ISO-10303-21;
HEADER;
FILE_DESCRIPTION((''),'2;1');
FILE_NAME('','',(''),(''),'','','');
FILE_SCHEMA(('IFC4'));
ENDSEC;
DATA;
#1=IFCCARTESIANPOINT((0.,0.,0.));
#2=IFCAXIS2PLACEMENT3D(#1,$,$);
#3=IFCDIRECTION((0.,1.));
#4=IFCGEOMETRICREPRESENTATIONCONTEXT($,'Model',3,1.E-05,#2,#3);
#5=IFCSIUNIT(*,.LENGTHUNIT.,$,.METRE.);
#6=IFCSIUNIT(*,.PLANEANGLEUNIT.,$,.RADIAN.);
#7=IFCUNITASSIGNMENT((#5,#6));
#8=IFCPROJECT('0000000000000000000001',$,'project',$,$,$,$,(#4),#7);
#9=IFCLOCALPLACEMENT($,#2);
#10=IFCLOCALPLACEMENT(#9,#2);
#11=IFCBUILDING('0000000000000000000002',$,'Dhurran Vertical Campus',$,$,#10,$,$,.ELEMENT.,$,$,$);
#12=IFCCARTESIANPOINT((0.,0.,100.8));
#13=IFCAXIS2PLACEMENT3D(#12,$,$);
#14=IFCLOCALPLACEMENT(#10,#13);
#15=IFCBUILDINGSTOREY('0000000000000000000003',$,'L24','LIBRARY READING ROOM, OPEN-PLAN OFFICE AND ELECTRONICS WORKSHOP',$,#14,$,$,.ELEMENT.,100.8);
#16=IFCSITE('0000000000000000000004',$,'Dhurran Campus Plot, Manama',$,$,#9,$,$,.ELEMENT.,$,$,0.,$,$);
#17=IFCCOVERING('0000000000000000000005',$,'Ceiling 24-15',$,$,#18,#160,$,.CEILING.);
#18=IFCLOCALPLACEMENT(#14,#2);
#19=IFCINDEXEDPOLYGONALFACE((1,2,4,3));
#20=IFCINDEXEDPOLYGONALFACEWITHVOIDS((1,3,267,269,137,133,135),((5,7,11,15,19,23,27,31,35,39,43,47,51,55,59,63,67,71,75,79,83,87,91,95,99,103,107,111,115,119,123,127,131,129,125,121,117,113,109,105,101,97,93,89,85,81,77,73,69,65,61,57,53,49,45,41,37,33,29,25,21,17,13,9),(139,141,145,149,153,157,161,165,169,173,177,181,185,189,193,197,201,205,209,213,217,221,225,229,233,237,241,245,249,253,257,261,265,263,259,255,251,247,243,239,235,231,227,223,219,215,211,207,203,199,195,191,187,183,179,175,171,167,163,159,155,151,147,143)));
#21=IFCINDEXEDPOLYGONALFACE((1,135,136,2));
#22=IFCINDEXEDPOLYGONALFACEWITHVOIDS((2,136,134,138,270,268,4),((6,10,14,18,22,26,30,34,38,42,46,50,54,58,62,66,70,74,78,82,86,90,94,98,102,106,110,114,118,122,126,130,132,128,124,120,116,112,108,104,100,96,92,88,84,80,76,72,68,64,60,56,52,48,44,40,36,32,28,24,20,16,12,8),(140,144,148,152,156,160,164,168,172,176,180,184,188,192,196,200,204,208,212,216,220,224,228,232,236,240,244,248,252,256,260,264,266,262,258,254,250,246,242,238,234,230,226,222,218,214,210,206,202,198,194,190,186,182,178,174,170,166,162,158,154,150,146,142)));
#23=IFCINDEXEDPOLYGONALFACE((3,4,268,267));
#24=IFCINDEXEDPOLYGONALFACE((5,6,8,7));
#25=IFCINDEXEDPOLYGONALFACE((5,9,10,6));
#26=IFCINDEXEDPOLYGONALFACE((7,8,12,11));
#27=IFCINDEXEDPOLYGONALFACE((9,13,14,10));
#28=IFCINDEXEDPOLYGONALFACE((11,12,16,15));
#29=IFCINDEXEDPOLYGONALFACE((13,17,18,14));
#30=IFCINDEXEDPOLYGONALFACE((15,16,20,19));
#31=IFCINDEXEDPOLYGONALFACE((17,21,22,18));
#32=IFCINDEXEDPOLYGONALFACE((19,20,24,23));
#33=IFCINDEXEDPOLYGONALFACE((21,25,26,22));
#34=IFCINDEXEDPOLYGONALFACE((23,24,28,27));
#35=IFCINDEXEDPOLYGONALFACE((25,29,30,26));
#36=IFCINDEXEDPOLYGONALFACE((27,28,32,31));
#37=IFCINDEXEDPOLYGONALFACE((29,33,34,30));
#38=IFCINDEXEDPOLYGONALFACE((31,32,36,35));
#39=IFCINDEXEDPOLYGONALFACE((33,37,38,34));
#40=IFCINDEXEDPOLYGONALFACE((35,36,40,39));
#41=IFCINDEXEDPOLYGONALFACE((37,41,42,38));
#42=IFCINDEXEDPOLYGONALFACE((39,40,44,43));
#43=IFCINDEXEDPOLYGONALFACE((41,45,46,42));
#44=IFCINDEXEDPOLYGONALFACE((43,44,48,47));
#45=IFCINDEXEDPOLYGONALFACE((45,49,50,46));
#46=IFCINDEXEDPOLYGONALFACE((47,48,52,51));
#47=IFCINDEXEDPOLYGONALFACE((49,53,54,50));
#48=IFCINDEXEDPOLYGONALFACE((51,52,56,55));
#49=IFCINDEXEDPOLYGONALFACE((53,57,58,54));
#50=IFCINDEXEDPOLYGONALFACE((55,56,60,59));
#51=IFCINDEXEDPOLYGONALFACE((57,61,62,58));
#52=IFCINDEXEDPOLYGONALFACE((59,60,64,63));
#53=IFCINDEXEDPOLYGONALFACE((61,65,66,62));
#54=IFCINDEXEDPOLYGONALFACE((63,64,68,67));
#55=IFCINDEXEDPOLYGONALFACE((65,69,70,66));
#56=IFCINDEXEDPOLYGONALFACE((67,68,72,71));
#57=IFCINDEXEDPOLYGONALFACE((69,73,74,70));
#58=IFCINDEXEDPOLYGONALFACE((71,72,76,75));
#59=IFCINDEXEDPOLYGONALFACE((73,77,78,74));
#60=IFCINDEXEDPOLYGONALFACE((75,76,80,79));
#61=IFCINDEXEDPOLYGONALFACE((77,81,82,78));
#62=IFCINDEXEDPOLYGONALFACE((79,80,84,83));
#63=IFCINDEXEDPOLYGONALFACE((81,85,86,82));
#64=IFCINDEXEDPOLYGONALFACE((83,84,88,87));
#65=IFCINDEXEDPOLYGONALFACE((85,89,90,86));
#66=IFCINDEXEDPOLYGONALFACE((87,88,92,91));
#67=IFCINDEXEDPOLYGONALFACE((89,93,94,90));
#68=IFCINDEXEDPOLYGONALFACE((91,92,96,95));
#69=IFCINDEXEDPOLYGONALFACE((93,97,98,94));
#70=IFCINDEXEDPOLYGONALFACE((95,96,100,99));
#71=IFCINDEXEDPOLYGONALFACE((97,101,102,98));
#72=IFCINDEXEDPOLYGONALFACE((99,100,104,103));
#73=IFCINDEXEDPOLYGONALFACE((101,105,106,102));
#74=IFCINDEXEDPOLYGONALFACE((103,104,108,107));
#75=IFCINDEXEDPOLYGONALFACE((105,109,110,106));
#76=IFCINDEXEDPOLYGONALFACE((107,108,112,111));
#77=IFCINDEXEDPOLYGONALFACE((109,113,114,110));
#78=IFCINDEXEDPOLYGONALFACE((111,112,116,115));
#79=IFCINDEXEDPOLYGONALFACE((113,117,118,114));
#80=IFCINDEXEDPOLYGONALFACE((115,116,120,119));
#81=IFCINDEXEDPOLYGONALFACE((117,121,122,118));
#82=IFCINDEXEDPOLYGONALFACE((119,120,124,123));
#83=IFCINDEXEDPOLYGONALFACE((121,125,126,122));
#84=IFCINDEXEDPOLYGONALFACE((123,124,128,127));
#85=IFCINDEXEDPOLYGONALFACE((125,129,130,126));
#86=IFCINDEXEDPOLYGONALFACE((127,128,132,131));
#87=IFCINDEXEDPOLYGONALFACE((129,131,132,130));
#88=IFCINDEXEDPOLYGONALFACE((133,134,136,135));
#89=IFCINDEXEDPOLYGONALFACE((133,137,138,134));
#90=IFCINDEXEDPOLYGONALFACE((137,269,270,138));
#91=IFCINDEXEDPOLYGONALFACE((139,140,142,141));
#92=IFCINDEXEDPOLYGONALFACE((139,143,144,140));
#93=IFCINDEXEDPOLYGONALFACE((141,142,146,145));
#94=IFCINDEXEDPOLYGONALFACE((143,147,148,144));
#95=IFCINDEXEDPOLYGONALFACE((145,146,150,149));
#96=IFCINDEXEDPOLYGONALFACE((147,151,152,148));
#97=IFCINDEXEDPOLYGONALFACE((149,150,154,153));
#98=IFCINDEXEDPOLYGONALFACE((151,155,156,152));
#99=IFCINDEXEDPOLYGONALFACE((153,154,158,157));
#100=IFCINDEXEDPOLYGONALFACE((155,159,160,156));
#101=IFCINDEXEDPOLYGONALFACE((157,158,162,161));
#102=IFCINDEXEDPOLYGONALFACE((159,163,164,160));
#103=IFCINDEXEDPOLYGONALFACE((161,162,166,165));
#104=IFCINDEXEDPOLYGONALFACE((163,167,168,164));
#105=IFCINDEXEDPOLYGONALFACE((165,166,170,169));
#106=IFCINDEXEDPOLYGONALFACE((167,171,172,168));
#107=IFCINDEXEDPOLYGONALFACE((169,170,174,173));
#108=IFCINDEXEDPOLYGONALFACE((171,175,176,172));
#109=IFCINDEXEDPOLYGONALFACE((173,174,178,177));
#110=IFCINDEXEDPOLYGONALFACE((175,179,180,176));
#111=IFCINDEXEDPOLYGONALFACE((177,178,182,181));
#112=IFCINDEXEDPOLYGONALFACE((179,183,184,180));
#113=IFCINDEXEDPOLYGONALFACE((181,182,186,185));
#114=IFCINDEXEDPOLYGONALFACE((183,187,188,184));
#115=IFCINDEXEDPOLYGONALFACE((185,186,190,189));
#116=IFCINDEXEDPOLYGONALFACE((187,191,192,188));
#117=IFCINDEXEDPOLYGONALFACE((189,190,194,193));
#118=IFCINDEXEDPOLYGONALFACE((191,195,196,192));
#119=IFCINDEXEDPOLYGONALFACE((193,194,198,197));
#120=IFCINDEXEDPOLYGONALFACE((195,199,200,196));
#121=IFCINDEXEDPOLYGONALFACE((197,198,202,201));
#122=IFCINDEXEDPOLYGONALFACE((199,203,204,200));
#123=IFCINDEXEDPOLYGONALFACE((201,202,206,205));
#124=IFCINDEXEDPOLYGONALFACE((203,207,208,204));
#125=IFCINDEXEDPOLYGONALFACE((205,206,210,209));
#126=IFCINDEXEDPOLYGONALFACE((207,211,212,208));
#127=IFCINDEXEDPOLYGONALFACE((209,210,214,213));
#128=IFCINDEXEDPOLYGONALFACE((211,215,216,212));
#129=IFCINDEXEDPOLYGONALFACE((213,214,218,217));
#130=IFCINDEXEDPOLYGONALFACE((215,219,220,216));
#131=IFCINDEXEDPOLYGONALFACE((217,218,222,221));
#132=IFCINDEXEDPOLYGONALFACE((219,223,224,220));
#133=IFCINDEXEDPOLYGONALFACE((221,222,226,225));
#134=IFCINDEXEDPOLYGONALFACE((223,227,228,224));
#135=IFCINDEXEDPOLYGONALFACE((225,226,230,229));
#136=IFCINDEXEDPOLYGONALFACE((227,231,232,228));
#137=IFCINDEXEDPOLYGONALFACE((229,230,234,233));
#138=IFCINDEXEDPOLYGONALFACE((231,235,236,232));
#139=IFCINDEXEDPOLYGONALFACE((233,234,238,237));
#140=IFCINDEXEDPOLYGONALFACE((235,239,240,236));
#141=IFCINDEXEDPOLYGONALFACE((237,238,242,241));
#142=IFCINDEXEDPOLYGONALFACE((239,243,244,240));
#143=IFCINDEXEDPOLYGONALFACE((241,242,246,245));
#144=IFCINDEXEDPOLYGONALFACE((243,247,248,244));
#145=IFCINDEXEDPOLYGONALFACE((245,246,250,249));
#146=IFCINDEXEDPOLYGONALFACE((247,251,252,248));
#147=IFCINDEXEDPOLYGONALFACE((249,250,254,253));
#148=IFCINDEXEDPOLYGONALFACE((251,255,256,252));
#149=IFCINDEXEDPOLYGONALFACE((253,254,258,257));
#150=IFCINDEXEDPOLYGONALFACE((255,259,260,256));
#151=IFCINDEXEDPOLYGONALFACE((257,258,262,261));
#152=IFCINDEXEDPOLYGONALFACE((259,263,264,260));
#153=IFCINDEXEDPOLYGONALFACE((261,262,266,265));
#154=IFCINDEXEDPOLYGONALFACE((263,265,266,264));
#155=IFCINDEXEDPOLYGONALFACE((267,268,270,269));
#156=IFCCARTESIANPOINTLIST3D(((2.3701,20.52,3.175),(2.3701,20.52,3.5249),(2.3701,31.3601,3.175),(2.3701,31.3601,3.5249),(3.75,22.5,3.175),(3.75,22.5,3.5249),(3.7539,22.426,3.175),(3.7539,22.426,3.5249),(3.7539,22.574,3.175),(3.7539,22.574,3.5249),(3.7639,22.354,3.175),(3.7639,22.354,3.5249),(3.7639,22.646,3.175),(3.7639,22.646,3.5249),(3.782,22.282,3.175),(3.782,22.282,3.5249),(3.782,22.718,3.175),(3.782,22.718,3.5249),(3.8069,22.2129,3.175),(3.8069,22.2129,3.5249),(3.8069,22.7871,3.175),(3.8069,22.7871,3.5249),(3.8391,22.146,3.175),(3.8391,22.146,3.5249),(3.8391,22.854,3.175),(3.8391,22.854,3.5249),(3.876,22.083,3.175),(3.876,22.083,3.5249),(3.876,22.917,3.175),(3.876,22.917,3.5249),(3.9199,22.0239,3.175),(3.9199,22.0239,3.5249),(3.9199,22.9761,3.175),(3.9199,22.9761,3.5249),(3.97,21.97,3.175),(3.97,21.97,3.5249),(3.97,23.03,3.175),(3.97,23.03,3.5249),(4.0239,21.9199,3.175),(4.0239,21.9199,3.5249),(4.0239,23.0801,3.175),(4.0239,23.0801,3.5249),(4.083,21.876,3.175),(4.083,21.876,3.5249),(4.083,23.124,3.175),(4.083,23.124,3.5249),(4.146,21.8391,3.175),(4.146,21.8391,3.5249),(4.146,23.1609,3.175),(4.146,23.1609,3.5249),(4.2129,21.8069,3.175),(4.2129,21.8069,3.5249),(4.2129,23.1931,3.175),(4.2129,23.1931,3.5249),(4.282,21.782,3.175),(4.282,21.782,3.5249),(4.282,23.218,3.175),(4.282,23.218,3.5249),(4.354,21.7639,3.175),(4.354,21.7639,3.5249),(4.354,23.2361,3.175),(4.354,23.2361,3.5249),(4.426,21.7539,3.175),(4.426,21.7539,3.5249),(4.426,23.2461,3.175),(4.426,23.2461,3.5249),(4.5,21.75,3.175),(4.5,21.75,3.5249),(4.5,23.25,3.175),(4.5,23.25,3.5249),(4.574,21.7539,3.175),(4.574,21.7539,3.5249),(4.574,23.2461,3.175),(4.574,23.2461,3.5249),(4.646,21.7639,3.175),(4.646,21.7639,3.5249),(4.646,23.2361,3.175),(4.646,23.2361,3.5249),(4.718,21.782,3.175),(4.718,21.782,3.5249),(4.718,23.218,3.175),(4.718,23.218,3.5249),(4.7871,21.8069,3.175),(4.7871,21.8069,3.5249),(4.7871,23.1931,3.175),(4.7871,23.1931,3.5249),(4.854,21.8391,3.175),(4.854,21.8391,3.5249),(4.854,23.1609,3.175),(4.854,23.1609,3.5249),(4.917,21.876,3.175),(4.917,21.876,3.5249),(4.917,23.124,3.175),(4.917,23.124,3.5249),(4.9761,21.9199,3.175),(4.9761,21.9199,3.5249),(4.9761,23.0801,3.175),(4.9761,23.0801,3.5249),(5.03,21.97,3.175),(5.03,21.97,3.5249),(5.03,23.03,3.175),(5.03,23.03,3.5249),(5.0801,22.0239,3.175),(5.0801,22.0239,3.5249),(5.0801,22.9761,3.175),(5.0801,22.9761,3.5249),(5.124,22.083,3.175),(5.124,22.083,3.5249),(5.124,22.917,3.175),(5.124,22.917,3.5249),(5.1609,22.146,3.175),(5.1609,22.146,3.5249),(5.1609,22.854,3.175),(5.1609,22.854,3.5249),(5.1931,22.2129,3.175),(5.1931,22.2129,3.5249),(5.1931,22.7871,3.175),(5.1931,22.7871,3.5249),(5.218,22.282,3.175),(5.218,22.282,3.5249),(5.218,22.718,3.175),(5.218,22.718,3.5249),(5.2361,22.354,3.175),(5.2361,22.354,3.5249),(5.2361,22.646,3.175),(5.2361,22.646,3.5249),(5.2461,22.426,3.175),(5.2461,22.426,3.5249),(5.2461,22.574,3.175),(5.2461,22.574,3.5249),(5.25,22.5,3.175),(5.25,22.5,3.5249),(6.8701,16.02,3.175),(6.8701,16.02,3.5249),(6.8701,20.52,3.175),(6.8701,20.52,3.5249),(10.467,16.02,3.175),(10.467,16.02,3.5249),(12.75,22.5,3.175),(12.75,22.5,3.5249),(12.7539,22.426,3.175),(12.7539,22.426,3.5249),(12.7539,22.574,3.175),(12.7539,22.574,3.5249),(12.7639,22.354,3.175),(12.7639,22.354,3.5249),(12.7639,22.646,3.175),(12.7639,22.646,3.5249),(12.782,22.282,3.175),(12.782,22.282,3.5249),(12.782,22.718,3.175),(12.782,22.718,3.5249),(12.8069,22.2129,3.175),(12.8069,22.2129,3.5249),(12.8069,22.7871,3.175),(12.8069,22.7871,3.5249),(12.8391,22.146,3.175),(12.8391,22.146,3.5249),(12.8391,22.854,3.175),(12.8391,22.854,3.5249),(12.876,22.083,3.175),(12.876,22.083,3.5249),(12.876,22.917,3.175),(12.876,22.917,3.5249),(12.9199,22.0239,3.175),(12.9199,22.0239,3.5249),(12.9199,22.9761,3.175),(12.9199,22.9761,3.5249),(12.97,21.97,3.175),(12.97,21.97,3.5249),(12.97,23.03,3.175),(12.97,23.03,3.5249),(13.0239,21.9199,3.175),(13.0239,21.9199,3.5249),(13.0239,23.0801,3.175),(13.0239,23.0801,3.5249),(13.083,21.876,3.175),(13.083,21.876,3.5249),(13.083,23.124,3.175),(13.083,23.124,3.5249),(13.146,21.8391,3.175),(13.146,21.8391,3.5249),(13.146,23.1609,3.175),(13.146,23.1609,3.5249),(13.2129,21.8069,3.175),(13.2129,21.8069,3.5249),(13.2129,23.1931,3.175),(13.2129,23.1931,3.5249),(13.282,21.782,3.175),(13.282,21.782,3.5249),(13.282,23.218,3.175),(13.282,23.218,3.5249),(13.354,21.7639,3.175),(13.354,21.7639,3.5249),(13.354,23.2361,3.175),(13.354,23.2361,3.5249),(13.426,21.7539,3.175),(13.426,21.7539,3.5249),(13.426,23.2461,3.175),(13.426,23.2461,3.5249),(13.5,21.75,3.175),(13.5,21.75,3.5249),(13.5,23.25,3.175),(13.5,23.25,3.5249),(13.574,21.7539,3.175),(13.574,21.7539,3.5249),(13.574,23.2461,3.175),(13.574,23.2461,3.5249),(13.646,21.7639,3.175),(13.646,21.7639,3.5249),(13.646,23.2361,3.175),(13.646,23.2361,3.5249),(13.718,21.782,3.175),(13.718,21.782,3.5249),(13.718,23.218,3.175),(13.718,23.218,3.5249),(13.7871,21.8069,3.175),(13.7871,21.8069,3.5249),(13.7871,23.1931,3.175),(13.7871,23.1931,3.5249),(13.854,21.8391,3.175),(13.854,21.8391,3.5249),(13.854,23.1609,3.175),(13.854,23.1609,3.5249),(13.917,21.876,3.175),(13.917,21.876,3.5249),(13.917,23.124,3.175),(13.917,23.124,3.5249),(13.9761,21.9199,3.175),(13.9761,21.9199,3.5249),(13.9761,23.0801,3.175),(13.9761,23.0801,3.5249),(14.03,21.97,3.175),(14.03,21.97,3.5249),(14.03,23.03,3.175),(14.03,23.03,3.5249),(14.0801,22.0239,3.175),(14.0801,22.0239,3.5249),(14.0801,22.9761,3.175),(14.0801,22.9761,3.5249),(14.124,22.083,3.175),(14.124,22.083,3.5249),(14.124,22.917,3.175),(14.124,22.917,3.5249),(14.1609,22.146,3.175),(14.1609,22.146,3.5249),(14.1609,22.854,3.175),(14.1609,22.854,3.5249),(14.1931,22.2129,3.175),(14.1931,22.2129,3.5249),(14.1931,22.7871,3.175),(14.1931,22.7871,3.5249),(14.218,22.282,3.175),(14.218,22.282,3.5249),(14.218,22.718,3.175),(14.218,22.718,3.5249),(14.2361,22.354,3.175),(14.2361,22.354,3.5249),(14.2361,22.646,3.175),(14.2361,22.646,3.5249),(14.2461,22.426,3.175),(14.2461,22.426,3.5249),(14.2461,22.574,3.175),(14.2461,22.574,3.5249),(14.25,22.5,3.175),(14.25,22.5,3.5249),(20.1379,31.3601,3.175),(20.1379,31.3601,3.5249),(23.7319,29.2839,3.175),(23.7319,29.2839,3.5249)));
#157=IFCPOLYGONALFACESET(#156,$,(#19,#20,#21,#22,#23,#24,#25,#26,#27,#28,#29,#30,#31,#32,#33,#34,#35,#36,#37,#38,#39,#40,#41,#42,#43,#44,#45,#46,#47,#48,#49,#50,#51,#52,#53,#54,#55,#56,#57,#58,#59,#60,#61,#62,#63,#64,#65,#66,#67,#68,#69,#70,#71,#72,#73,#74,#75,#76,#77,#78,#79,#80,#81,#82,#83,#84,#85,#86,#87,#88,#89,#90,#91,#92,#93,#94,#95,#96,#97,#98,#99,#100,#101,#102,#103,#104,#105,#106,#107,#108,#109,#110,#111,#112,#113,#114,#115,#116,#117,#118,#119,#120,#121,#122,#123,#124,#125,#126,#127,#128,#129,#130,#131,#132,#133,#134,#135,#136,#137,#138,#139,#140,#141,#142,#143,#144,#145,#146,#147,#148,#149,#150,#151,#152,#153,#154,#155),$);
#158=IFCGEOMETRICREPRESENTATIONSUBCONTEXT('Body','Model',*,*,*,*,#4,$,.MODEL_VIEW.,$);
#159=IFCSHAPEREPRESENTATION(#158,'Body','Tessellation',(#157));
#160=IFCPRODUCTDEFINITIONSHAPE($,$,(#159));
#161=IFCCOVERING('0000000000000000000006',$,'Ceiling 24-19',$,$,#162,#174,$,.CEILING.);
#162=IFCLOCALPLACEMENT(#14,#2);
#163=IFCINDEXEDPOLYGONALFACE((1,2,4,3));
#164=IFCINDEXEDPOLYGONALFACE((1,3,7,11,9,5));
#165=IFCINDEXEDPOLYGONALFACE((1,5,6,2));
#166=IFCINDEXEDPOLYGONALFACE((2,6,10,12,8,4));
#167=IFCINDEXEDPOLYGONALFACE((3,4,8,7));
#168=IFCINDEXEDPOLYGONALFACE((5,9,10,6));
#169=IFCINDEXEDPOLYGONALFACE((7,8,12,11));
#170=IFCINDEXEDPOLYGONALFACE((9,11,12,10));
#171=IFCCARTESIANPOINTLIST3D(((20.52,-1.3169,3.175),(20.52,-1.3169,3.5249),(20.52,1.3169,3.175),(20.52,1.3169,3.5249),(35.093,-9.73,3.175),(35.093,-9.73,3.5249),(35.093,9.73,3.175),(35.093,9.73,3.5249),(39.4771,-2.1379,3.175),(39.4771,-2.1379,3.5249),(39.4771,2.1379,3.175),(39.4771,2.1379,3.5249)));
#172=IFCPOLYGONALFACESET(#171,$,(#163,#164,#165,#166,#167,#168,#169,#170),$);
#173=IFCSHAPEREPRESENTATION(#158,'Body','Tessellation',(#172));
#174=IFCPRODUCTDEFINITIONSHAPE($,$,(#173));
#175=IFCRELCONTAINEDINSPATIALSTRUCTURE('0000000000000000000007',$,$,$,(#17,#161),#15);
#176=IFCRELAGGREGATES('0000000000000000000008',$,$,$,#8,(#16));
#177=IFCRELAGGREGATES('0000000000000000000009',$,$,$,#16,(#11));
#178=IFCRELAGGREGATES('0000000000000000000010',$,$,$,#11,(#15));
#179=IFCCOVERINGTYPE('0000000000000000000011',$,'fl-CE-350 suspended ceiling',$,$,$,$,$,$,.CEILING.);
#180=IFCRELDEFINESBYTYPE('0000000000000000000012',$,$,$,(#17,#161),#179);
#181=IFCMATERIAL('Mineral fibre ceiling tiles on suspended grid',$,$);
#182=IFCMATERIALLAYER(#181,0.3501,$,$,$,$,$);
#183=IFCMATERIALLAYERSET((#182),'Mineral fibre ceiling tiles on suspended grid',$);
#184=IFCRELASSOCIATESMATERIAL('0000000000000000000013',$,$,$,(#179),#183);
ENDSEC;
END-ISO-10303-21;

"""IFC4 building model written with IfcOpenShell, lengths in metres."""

from ifc_helpers import new_model, si_unit, direction, frame, origin, place, context, subcontext, project, spatial, polyline, outline, extrude, material, layer, layer_set, type_object, element, save


model = new_model("IFC4")

# Units and contexts
model_context = context("Model", 3, precision=1e-05, world=origin(), true_north=direction((0.0, 1.0)))
body_context = subcontext(model_context, "Body", "Model", "MODEL_VIEW")
ifc_project = project(units=[si_unit("LENGTHUNIT", "METRE"), si_unit("PLANEANGLEUNIT", "RADIAN")], contexts=[model_context])

# Site, building, storey
site_placement = place(None, origin())
site = spatial("IfcSite", under=ifc_project, at=site_placement, Name="Dhurran Campus Plot, Manama", CompositionType="ELEMENT", RefElevation=0.0)
building_placement = place(site_placement, origin())
building = spatial("IfcBuilding", under=site, at=building_placement, Name="Dhurran Vertical Campus", CompositionType="ELEMENT")
storey_placement = place(building_placement, frame((0.0, 0.0, 100.8)))
storey = spatial("IfcBuildingStorey", under=building, at=storey_placement, Name="L24", Description="LIBRARY READING ROOM, OPEN-PLAN OFFICE AND ELECTRONICS WORKSHOP", CompositionType="ELEMENT", Elevation=100.8)

# Coverings
ifc_material_1 = material(Name="Mineral fibre ceiling tiles on suspended grid")
ifc_layer_1 = layer(ifc_material_1, 0.3501)
ifc_layer_set_1 = layer_set([ifc_layer_1], Name="Mineral fibre ceiling tiles on suspended grid")
covering_type = type_object("IfcCoveringType", Name="fl-CE-350 suspended ceiling", PredefinedType="CEILING", material=ifc_layer_set_1)
covering_1_placement = place(storey_placement, frame((0.0, 0.0, 3.175)))
element("IfcCovering", 1, at=covering_1_placement, inside=storey, type_object=covering_type, Name="Ceiling 24-15", PredefinedType="CEILING", context=body_context, shape_type="SweptSolid", body=[
    extrude(outline(polyline([(10.467, 16.02), (6.8701, 16.02), (6.8701, 20.52), (2.3701, 20.52), (2.3701, 31.3601), (20.1379, 31.3601), (23.7319, 29.2839), (10.467, 16.02)]), holes=[polyline([(5.0801, 22.9761), (5.03, 23.03), (4.9761, 23.0801), (4.917, 23.124), (4.854, 23.1609), (4.7871, 23.1931), (4.718, 23.218), (4.646, 23.2361), (4.574, 23.2461), (4.5, 23.25), (4.426, 23.2461), (4.354, 23.2361), (4.282, 23.218), (4.2129, 23.1931), (4.146, 23.1609), (4.083, 23.124), (4.0239, 23.0801), (3.97, 23.03), (3.9199, 22.9761), (3.876, 22.917), (3.8391, 22.854), (3.8069, 22.7871), (3.782, 22.718), (3.7639, 22.646), (3.7539, 22.574), (3.75, 22.5), (3.7539, 22.426), (3.7639, 22.354), (3.782, 22.282), (3.8069, 22.2129), (3.8391, 22.146), (3.876, 22.083), (3.9199, 22.0239), (3.97, 21.97), (4.0239, 21.9199), (4.083, 21.876), (4.146, 21.8391), (4.2129, 21.8069), (4.282, 21.782), (4.354, 21.7639), (4.426, 21.7539), (4.5, 21.75), (4.574, 21.7539), (4.646, 21.7639), (4.718, 21.782), (4.7871, 21.8069), (4.854, 21.8391), (4.917, 21.876), (4.9761, 21.9199), (5.03, 21.97), (5.0801, 22.0239), (5.124, 22.083), (5.1609, 22.146), (5.1931, 22.2129), (5.218, 22.282), (5.2361, 22.354), (5.2461, 22.426), (5.25, 22.5), (5.2461, 22.574), (5.2361, 22.646), (5.218, 22.718), (5.1931, 22.7871), (5.1609, 22.854), (5.124, 22.917), (5.0801, 22.9761)]), polyline([(14.1609, 22.854), (14.124, 22.917), (14.0801, 22.9761), (14.03, 23.03), (13.9761, 23.0801), (13.917, 23.124), (13.854, 23.1609), (13.7871, 23.1931), (13.718, 23.218), (13.646, 23.2361), (13.574, 23.2461), (13.5, 23.25), (13.426, 23.2461), (13.354, 23.2361), (13.282, 23.218), (13.2129, 23.1931), (13.146, 23.1609), (13.083, 23.124), (13.0239, 23.0801), (12.97, 23.03), (12.9199, 22.9761), (12.876, 22.917), (12.8391, 22.854), (12.8069, 22.7871), (12.782, 22.718), (12.7639, 22.646), (12.7539, 22.574), (12.75, 22.5), (12.7539, 22.426), (12.7639, 22.354), (12.782, 22.282), (12.8069, 22.2129), (12.8391, 22.146), (12.876, 22.083), (12.9199, 22.0239), (12.97, 21.97), (13.0239, 21.9199), (13.083, 21.876), (13.146, 21.8391), (13.2129, 21.8069), (13.282, 21.782), (13.354, 21.7639), (13.426, 21.7539), (13.5, 21.75), (13.574, 21.7539), (13.646, 21.7639), (13.718, 21.782), (13.7871, 21.8069), (13.854, 21.8391), (13.917, 21.876), (13.9761, 21.9199), (14.03, 21.97), (14.0801, 22.0239), (14.124, 22.083), (14.1609, 22.146), (14.1931, 22.2129), (14.218, 22.282), (14.2361, 22.354), (14.2461, 22.426), (14.25, 22.5), (14.2461, 22.574), (14.2361, 22.646), (14.218, 22.718), (14.1931, 22.7871), (14.1609, 22.854)])]), origin(), (0.0, 0.0, 1.0), 0.3499),
])
covering_2_placement = place(storey_placement, frame((0.0, 0.0, 3.175)))
element("IfcCovering", 2, at=covering_2_placement, inside=storey, type_object=covering_type, Name="Ceiling 24-19", PredefinedType="CEILING", context=body_context, shape_type="SweptSolid", body=[
    extrude(outline(polyline([(20.52, -1.3169), (20.52, 1.3169), (35.093, 9.73), (39.4771, 2.1379), (39.4771, -2.1379), (35.093, -9.73), (20.52, -1.3169)])), origin(), (0.0, 0.0, 1.0), 0.3499),
])

save(model, "model.ifc")
